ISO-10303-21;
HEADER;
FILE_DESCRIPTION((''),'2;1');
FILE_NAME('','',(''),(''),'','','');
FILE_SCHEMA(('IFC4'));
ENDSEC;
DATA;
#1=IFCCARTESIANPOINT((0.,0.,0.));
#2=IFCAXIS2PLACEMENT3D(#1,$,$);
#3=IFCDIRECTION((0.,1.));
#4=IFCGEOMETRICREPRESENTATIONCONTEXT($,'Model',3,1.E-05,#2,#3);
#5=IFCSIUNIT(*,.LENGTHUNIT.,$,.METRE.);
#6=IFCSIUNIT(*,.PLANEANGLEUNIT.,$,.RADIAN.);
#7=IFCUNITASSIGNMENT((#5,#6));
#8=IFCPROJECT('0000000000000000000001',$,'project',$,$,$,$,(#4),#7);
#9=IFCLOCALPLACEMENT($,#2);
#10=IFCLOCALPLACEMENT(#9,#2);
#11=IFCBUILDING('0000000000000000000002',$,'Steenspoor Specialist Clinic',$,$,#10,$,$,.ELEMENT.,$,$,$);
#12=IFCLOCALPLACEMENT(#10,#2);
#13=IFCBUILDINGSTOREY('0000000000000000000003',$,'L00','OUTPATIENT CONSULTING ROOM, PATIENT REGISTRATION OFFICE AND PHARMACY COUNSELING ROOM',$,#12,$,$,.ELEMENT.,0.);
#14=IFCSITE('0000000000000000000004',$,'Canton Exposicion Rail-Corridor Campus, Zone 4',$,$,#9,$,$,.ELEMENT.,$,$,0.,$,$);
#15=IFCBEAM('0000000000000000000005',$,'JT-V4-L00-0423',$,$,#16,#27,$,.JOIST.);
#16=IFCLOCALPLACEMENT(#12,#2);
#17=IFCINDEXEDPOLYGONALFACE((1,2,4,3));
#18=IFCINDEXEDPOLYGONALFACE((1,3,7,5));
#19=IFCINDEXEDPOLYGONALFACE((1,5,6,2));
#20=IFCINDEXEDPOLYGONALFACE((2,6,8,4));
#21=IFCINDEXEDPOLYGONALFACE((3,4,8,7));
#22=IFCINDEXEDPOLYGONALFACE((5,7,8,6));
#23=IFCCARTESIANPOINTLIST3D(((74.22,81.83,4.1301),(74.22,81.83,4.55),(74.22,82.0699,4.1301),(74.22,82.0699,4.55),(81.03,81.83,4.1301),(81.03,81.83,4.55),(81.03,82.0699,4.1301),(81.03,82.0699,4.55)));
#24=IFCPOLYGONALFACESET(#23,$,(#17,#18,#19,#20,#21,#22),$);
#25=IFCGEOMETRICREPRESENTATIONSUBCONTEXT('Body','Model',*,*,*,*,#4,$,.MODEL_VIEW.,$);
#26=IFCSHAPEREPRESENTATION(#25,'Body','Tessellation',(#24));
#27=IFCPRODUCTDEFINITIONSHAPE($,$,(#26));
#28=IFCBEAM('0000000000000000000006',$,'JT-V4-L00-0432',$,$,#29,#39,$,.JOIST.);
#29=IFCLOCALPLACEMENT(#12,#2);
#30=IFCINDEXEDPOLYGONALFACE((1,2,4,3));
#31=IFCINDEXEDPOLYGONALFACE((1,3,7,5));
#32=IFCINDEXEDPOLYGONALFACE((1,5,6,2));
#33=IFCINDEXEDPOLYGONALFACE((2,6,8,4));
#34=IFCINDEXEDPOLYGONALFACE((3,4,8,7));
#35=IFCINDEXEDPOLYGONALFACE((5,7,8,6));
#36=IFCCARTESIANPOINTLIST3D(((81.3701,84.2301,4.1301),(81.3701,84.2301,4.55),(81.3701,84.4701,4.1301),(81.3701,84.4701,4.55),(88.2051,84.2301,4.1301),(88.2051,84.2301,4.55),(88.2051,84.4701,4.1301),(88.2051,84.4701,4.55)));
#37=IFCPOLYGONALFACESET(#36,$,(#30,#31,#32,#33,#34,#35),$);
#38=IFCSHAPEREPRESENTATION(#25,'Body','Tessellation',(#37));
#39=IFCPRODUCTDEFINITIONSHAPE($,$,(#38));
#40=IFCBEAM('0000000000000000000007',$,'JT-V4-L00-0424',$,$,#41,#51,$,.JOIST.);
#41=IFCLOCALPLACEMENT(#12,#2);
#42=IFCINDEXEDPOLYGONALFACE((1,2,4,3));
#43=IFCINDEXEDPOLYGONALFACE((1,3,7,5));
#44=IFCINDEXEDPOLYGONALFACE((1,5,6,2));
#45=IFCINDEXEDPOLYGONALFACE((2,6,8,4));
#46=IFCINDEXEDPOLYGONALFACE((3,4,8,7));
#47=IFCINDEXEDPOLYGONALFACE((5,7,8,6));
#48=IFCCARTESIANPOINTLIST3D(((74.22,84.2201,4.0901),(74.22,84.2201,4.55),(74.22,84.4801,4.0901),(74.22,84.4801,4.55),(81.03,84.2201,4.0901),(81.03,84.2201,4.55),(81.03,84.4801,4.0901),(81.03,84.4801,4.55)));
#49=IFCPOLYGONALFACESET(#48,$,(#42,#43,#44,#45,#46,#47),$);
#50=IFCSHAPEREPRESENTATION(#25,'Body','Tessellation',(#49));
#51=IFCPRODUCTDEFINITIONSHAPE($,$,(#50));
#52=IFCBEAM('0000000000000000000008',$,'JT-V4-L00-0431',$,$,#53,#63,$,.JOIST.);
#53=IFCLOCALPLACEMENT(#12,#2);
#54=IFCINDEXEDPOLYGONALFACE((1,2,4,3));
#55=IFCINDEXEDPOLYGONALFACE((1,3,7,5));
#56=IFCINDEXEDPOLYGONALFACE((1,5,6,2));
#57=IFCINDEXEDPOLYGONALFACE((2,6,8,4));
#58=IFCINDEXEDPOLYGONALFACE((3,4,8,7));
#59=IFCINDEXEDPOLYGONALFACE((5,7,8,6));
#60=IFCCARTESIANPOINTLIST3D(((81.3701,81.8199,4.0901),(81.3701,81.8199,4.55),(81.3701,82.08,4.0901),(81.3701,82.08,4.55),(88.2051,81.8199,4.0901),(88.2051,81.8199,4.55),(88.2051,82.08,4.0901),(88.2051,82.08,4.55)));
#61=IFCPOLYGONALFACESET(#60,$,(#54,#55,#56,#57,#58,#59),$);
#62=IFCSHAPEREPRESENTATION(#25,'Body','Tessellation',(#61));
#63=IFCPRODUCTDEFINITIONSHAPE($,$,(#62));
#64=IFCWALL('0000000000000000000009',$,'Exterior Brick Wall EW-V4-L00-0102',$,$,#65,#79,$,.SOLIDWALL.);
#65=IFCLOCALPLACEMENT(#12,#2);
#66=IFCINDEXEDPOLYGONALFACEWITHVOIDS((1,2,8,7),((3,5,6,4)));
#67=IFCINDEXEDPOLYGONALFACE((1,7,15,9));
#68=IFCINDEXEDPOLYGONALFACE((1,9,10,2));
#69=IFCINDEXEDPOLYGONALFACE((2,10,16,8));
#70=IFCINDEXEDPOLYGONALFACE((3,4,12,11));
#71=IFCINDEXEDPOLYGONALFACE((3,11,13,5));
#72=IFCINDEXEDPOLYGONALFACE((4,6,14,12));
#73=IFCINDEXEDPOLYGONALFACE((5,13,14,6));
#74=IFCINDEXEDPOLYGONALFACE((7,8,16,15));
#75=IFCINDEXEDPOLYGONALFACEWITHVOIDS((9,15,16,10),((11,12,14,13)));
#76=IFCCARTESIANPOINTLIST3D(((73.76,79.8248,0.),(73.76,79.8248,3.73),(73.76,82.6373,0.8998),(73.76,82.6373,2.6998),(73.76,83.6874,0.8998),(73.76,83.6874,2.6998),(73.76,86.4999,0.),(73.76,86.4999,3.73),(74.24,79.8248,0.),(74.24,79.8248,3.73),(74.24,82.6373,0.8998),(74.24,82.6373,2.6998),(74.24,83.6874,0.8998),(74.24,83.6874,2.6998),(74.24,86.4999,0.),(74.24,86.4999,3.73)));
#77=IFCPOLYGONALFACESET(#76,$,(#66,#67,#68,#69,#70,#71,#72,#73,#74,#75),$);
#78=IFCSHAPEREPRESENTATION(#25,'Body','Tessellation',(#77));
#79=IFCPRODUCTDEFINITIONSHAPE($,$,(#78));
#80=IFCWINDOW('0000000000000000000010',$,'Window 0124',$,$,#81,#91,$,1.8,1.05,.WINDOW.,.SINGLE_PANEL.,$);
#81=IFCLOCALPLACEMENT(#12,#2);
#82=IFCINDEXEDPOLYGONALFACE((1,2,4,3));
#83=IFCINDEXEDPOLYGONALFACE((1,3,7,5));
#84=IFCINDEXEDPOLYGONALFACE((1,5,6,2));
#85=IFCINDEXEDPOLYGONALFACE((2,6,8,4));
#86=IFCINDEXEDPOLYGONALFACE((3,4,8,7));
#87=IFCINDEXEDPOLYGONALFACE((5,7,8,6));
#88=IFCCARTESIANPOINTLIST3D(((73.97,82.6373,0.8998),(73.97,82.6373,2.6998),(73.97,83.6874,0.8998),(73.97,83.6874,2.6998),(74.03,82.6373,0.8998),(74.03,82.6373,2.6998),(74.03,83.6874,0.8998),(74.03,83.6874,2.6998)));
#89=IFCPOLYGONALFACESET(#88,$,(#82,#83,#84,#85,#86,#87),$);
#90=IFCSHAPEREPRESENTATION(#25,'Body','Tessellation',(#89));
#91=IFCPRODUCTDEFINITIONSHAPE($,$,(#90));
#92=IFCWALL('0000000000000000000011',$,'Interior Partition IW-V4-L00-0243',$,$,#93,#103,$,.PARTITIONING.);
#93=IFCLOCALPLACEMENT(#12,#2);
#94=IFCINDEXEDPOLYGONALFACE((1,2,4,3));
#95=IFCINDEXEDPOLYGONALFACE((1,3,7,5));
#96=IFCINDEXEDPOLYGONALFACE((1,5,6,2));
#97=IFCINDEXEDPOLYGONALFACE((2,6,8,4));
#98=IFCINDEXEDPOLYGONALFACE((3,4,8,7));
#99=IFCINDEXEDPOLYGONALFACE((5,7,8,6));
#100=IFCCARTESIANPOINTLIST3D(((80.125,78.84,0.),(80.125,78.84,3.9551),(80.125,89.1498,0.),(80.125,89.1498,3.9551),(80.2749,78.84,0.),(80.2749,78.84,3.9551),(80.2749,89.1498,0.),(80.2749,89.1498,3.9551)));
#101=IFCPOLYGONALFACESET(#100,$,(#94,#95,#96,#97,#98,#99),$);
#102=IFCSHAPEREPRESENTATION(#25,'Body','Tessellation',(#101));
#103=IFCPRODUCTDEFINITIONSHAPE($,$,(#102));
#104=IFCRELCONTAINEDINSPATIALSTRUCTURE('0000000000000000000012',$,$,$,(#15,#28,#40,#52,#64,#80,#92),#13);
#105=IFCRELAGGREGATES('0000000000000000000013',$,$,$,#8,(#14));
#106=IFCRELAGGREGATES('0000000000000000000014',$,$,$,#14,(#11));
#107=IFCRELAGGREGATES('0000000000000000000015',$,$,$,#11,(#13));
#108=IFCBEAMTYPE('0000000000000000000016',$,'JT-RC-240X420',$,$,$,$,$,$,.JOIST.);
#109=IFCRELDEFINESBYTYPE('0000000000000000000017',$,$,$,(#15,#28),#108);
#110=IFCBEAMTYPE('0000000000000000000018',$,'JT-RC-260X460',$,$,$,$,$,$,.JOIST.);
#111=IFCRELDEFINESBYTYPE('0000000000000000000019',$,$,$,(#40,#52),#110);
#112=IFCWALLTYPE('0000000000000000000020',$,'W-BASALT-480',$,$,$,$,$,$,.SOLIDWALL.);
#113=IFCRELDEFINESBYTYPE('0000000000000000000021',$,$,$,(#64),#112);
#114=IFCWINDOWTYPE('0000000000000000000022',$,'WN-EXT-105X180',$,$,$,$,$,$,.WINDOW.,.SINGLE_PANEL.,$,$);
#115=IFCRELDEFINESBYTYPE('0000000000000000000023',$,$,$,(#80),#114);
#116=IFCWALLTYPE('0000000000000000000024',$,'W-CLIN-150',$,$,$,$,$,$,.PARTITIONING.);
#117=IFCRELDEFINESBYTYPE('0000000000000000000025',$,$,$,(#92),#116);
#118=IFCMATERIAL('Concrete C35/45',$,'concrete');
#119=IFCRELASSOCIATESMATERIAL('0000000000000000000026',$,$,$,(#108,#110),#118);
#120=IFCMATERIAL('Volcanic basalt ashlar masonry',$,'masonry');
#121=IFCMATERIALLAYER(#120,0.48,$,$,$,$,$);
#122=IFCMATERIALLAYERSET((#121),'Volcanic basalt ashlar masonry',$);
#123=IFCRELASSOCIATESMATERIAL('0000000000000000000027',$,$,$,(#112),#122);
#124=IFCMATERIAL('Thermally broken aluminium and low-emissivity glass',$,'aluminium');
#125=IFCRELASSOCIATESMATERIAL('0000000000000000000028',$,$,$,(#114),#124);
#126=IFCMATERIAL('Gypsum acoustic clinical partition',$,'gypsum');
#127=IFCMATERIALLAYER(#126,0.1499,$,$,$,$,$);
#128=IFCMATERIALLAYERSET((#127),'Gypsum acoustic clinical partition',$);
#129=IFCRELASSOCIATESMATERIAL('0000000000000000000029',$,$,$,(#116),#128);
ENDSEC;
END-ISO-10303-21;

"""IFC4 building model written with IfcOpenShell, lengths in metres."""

from ifc_helpers import new_model, si_unit, direction, frame, frame_2d, origin, origin_2d, place, context, subcontext, project, spatial, rectangle, extrude, material, layer, layer_set, material_profile, profile_set, type_object, element, fill, save


model = new_model("IFC4")

# Units and contexts
model_context = context("Model", 3, precision=1e-05, world=origin(), true_north=direction((0.0, 1.0)))
body_context = subcontext(model_context, "Body", "Model", "MODEL_VIEW")
ifc_project = project(units=[si_unit("LENGTHUNIT", "METRE"), si_unit("PLANEANGLEUNIT", "RADIAN")], contexts=[model_context])

# Site, building, storey
site_placement = place(None, origin())
site = spatial("IfcSite", under=ifc_project, at=site_placement, Name="Canton Exposicion Rail-Corridor Campus, Zone 4", CompositionType="ELEMENT", RefElevation=0.0)
building_placement = place(site_placement, origin())
building = spatial("IfcBuilding", under=site, at=building_placement, Name="Steenspoor Specialist Clinic", CompositionType="ELEMENT")
storey_placement = place(building_placement, origin())
storey = spatial("IfcBuildingStorey", under=building, at=storey_placement, Name="L00", Description="OUTPATIENT CONSULTING ROOM, PATIENT REGISTRATION OFFICE AND PHARMACY COUNSELING ROOM", CompositionType="ELEMENT", Elevation=0.0)

# Shared definitions
ifc_material_1 = material(Name="Concrete C35/45", Category="concrete")

# Beams
ifc_material_profile_1 = material_profile(ifc_material_1, rectangle(XDim=0.24, YDim=0.4199, at=origin_2d()), Name="RC-JT-240X420")
ifc_profile_set_1 = profile_set([ifc_material_profile_1], Name="Concrete C35/45")
beam_type_1 = type_object("IfcBeamType", Name="JT-RC-240X420", PredefinedType="JOIST", material=ifc_profile_set_1)
beam_1_placement = place(storey_placement, frame((74.22, 81.95, 4.3401), z_axis=(1.0, 0.0, 0.0), x_axis=(0.0, 1.0, 0.0)))
element("IfcBeam", 1, at=beam_1_placement, inside=storey, type_object=beam_type_1, Name="JT-V4-L00-0423", PredefinedType="JOIST", context=body_context, shape_type="SweptSolid", body=[
    extrude(rectangle(XDim=0.24, YDim=0.4199, at=origin_2d()), origin(), (0.0, 0.0, 1.0), 6.8101),
])
beam_2_placement = place(storey_placement, frame((81.3701, 84.3501, 4.3401), z_axis=(1.0, 0.0, 0.0), x_axis=(0.0, 1.0, 0.0)))
element("IfcBeam", 2, at=beam_2_placement, inside=storey, type_object=beam_type_1, Name="JT-V4-L00-0432", PredefinedType="JOIST", context=body_context, shape_type="SweptSolid", body=[
    extrude(rectangle(XDim=0.24, YDim=0.4199, at=origin_2d()), origin(), (0.0, 0.0, 1.0), 6.835),
])
ifc_material_profile_2 = material_profile(ifc_material_1, rectangle(XDim=0.26, YDim=0.46, at=origin_2d()), Name="RC-JT-260X460")
ifc_profile_set_2 = profile_set([ifc_material_profile_2], Name="Concrete C35/45")
beam_type_2 = type_object("IfcBeamType", Name="JT-RC-260X460", PredefinedType="JOIST", material=ifc_profile_set_2)
beam_3_placement = place(storey_placement, frame((74.22, 84.3501, 4.3201), z_axis=(1.0, 0.0, 0.0), x_axis=(0.0, 1.0, 0.0)))
element("IfcBeam", 3, at=beam_3_placement, inside=storey, type_object=beam_type_2, Name="JT-V4-L00-0424", PredefinedType="JOIST", context=body_context, shape_type="SweptSolid", body=[
    extrude(rectangle(XDim=0.26, YDim=0.46, at=origin_2d()), origin(), (0.0, 0.0, 1.0), 6.8101),
])
beam_4_placement = place(storey_placement, frame((81.3701, 81.95, 4.3201), z_axis=(1.0, 0.0, 0.0), x_axis=(0.0, 1.0, 0.0)))
element("IfcBeam", 4, at=beam_4_placement, inside=storey, type_object=beam_type_2, Name="JT-V4-L00-0431", PredefinedType="JOIST", context=body_context, shape_type="SweptSolid", body=[
    extrude(rectangle(XDim=0.26, YDim=0.46, at=origin_2d()), origin(), (0.0, 0.0, 1.0), 6.835),
])

# Wall, opening, window
ifc_material_2 = material(Name="Volcanic basalt ashlar masonry", Category="masonry")
ifc_layer_1 = layer(ifc_material_2, 0.48)
ifc_layer_set_1 = layer_set([ifc_layer_1], Name="Volcanic basalt ashlar masonry")
wall_type_1 = type_object("IfcWallType", Name="W-BASALT-480", PredefinedType="SOLIDWALL", material=ifc_layer_set_1)
wall_1_placement = place(storey_placement, frame((74.0, 79.825, 0.0), z_axis=(0.0, 0.0, 1.0), x_axis=(0.0, 1.0, 0.0)))
wall_1 = element("IfcWall", 5, at=wall_1_placement, inside=storey, type_object=wall_type_1, Name="Exterior Brick Wall EW-V4-L00-0102", PredefinedType="SOLIDWALL", context=body_context, shape_type="SweptSolid", body=[
    extrude(rectangle(XDim=6.675, YDim=0.48, at=frame_2d((3.3374, 0.0))), origin(), (0.0, 0.0, 1.0), 3.73),
])
opening_placement = place(wall_1_placement, frame((2.8125, 0.0, 0.8999)))
opening = element("IfcOpeningElement", 6, at=opening_placement, cuts=wall_1, PredefinedType="OPENING", context=body_context, shape_type="SweptSolid", body=[
    extrude(rectangle(XDim=1.05, YDim=1.8, at=frame_2d((0.5249, 0.8999))), frame((0.0, 0.25, 0.0), z_axis=(0.0, -1.0, 0.0), x_axis=(1.0, 0.0, 0.0)), (0.0, 0.0, 1.0), 0.5),
])
ifc_material_3 = material(Name="Thermally broken aluminium and low-emissivity glass", Category="aluminium")
window_type = type_object("IfcWindowType", Name="WN-EXT-105X180", PartitioningType="SINGLE_PANEL", PredefinedType="WINDOW", material=ifc_material_3)
window_placement = place(opening_placement, origin())
window = element("IfcWindow", 7, at=window_placement, inside=storey, type_object=window_type, Name="Window 0124", OverallHeight=1.8, OverallWidth=1.05, PartitioningType="SINGLE_PANEL", PredefinedType="WINDOW", context=body_context, shape_type="SweptSolid", body=[
    extrude(rectangle(XDim=1.05, YDim=1.8, at=frame_2d((0.5249, 0.8999))), frame((0.0, 0.03, 0.0), z_axis=(0.0, -1.0, 0.0), x_axis=(1.0, 0.0, 0.0)), (0.0, 0.0, 1.0), 0.0601),
])
fill(opening, window)

# Wall
ifc_material_4 = material(Name="Gypsum acoustic clinical partition", Category="gypsum")
ifc_layer_2 = layer(ifc_material_4, 0.1499)
ifc_layer_set_2 = layer_set([ifc_layer_2], Name="Gypsum acoustic clinical partition")
wall_type_2 = type_object("IfcWallType", Name="W-CLIN-150", PredefinedType="PARTITIONING", material=ifc_layer_set_2)
wall_2_placement = place(storey_placement, frame((80.2, 78.8401, 0.0), z_axis=(0.0, 0.0, 1.0), x_axis=(0.0, 1.0, 0.0)))
element("IfcWall", 8, at=wall_2_placement, inside=storey, type_object=wall_type_2, Name="Interior Partition IW-V4-L00-0243", PredefinedType="PARTITIONING", context=body_context, shape_type="SweptSolid", body=[
    extrude(rectangle(XDim=10.3098, YDim=0.1499, at=frame_2d((5.1548, 0.0))), origin(), (0.0, 0.0, 1.0), 3.9551),
])

save(model, "model.ifc")
